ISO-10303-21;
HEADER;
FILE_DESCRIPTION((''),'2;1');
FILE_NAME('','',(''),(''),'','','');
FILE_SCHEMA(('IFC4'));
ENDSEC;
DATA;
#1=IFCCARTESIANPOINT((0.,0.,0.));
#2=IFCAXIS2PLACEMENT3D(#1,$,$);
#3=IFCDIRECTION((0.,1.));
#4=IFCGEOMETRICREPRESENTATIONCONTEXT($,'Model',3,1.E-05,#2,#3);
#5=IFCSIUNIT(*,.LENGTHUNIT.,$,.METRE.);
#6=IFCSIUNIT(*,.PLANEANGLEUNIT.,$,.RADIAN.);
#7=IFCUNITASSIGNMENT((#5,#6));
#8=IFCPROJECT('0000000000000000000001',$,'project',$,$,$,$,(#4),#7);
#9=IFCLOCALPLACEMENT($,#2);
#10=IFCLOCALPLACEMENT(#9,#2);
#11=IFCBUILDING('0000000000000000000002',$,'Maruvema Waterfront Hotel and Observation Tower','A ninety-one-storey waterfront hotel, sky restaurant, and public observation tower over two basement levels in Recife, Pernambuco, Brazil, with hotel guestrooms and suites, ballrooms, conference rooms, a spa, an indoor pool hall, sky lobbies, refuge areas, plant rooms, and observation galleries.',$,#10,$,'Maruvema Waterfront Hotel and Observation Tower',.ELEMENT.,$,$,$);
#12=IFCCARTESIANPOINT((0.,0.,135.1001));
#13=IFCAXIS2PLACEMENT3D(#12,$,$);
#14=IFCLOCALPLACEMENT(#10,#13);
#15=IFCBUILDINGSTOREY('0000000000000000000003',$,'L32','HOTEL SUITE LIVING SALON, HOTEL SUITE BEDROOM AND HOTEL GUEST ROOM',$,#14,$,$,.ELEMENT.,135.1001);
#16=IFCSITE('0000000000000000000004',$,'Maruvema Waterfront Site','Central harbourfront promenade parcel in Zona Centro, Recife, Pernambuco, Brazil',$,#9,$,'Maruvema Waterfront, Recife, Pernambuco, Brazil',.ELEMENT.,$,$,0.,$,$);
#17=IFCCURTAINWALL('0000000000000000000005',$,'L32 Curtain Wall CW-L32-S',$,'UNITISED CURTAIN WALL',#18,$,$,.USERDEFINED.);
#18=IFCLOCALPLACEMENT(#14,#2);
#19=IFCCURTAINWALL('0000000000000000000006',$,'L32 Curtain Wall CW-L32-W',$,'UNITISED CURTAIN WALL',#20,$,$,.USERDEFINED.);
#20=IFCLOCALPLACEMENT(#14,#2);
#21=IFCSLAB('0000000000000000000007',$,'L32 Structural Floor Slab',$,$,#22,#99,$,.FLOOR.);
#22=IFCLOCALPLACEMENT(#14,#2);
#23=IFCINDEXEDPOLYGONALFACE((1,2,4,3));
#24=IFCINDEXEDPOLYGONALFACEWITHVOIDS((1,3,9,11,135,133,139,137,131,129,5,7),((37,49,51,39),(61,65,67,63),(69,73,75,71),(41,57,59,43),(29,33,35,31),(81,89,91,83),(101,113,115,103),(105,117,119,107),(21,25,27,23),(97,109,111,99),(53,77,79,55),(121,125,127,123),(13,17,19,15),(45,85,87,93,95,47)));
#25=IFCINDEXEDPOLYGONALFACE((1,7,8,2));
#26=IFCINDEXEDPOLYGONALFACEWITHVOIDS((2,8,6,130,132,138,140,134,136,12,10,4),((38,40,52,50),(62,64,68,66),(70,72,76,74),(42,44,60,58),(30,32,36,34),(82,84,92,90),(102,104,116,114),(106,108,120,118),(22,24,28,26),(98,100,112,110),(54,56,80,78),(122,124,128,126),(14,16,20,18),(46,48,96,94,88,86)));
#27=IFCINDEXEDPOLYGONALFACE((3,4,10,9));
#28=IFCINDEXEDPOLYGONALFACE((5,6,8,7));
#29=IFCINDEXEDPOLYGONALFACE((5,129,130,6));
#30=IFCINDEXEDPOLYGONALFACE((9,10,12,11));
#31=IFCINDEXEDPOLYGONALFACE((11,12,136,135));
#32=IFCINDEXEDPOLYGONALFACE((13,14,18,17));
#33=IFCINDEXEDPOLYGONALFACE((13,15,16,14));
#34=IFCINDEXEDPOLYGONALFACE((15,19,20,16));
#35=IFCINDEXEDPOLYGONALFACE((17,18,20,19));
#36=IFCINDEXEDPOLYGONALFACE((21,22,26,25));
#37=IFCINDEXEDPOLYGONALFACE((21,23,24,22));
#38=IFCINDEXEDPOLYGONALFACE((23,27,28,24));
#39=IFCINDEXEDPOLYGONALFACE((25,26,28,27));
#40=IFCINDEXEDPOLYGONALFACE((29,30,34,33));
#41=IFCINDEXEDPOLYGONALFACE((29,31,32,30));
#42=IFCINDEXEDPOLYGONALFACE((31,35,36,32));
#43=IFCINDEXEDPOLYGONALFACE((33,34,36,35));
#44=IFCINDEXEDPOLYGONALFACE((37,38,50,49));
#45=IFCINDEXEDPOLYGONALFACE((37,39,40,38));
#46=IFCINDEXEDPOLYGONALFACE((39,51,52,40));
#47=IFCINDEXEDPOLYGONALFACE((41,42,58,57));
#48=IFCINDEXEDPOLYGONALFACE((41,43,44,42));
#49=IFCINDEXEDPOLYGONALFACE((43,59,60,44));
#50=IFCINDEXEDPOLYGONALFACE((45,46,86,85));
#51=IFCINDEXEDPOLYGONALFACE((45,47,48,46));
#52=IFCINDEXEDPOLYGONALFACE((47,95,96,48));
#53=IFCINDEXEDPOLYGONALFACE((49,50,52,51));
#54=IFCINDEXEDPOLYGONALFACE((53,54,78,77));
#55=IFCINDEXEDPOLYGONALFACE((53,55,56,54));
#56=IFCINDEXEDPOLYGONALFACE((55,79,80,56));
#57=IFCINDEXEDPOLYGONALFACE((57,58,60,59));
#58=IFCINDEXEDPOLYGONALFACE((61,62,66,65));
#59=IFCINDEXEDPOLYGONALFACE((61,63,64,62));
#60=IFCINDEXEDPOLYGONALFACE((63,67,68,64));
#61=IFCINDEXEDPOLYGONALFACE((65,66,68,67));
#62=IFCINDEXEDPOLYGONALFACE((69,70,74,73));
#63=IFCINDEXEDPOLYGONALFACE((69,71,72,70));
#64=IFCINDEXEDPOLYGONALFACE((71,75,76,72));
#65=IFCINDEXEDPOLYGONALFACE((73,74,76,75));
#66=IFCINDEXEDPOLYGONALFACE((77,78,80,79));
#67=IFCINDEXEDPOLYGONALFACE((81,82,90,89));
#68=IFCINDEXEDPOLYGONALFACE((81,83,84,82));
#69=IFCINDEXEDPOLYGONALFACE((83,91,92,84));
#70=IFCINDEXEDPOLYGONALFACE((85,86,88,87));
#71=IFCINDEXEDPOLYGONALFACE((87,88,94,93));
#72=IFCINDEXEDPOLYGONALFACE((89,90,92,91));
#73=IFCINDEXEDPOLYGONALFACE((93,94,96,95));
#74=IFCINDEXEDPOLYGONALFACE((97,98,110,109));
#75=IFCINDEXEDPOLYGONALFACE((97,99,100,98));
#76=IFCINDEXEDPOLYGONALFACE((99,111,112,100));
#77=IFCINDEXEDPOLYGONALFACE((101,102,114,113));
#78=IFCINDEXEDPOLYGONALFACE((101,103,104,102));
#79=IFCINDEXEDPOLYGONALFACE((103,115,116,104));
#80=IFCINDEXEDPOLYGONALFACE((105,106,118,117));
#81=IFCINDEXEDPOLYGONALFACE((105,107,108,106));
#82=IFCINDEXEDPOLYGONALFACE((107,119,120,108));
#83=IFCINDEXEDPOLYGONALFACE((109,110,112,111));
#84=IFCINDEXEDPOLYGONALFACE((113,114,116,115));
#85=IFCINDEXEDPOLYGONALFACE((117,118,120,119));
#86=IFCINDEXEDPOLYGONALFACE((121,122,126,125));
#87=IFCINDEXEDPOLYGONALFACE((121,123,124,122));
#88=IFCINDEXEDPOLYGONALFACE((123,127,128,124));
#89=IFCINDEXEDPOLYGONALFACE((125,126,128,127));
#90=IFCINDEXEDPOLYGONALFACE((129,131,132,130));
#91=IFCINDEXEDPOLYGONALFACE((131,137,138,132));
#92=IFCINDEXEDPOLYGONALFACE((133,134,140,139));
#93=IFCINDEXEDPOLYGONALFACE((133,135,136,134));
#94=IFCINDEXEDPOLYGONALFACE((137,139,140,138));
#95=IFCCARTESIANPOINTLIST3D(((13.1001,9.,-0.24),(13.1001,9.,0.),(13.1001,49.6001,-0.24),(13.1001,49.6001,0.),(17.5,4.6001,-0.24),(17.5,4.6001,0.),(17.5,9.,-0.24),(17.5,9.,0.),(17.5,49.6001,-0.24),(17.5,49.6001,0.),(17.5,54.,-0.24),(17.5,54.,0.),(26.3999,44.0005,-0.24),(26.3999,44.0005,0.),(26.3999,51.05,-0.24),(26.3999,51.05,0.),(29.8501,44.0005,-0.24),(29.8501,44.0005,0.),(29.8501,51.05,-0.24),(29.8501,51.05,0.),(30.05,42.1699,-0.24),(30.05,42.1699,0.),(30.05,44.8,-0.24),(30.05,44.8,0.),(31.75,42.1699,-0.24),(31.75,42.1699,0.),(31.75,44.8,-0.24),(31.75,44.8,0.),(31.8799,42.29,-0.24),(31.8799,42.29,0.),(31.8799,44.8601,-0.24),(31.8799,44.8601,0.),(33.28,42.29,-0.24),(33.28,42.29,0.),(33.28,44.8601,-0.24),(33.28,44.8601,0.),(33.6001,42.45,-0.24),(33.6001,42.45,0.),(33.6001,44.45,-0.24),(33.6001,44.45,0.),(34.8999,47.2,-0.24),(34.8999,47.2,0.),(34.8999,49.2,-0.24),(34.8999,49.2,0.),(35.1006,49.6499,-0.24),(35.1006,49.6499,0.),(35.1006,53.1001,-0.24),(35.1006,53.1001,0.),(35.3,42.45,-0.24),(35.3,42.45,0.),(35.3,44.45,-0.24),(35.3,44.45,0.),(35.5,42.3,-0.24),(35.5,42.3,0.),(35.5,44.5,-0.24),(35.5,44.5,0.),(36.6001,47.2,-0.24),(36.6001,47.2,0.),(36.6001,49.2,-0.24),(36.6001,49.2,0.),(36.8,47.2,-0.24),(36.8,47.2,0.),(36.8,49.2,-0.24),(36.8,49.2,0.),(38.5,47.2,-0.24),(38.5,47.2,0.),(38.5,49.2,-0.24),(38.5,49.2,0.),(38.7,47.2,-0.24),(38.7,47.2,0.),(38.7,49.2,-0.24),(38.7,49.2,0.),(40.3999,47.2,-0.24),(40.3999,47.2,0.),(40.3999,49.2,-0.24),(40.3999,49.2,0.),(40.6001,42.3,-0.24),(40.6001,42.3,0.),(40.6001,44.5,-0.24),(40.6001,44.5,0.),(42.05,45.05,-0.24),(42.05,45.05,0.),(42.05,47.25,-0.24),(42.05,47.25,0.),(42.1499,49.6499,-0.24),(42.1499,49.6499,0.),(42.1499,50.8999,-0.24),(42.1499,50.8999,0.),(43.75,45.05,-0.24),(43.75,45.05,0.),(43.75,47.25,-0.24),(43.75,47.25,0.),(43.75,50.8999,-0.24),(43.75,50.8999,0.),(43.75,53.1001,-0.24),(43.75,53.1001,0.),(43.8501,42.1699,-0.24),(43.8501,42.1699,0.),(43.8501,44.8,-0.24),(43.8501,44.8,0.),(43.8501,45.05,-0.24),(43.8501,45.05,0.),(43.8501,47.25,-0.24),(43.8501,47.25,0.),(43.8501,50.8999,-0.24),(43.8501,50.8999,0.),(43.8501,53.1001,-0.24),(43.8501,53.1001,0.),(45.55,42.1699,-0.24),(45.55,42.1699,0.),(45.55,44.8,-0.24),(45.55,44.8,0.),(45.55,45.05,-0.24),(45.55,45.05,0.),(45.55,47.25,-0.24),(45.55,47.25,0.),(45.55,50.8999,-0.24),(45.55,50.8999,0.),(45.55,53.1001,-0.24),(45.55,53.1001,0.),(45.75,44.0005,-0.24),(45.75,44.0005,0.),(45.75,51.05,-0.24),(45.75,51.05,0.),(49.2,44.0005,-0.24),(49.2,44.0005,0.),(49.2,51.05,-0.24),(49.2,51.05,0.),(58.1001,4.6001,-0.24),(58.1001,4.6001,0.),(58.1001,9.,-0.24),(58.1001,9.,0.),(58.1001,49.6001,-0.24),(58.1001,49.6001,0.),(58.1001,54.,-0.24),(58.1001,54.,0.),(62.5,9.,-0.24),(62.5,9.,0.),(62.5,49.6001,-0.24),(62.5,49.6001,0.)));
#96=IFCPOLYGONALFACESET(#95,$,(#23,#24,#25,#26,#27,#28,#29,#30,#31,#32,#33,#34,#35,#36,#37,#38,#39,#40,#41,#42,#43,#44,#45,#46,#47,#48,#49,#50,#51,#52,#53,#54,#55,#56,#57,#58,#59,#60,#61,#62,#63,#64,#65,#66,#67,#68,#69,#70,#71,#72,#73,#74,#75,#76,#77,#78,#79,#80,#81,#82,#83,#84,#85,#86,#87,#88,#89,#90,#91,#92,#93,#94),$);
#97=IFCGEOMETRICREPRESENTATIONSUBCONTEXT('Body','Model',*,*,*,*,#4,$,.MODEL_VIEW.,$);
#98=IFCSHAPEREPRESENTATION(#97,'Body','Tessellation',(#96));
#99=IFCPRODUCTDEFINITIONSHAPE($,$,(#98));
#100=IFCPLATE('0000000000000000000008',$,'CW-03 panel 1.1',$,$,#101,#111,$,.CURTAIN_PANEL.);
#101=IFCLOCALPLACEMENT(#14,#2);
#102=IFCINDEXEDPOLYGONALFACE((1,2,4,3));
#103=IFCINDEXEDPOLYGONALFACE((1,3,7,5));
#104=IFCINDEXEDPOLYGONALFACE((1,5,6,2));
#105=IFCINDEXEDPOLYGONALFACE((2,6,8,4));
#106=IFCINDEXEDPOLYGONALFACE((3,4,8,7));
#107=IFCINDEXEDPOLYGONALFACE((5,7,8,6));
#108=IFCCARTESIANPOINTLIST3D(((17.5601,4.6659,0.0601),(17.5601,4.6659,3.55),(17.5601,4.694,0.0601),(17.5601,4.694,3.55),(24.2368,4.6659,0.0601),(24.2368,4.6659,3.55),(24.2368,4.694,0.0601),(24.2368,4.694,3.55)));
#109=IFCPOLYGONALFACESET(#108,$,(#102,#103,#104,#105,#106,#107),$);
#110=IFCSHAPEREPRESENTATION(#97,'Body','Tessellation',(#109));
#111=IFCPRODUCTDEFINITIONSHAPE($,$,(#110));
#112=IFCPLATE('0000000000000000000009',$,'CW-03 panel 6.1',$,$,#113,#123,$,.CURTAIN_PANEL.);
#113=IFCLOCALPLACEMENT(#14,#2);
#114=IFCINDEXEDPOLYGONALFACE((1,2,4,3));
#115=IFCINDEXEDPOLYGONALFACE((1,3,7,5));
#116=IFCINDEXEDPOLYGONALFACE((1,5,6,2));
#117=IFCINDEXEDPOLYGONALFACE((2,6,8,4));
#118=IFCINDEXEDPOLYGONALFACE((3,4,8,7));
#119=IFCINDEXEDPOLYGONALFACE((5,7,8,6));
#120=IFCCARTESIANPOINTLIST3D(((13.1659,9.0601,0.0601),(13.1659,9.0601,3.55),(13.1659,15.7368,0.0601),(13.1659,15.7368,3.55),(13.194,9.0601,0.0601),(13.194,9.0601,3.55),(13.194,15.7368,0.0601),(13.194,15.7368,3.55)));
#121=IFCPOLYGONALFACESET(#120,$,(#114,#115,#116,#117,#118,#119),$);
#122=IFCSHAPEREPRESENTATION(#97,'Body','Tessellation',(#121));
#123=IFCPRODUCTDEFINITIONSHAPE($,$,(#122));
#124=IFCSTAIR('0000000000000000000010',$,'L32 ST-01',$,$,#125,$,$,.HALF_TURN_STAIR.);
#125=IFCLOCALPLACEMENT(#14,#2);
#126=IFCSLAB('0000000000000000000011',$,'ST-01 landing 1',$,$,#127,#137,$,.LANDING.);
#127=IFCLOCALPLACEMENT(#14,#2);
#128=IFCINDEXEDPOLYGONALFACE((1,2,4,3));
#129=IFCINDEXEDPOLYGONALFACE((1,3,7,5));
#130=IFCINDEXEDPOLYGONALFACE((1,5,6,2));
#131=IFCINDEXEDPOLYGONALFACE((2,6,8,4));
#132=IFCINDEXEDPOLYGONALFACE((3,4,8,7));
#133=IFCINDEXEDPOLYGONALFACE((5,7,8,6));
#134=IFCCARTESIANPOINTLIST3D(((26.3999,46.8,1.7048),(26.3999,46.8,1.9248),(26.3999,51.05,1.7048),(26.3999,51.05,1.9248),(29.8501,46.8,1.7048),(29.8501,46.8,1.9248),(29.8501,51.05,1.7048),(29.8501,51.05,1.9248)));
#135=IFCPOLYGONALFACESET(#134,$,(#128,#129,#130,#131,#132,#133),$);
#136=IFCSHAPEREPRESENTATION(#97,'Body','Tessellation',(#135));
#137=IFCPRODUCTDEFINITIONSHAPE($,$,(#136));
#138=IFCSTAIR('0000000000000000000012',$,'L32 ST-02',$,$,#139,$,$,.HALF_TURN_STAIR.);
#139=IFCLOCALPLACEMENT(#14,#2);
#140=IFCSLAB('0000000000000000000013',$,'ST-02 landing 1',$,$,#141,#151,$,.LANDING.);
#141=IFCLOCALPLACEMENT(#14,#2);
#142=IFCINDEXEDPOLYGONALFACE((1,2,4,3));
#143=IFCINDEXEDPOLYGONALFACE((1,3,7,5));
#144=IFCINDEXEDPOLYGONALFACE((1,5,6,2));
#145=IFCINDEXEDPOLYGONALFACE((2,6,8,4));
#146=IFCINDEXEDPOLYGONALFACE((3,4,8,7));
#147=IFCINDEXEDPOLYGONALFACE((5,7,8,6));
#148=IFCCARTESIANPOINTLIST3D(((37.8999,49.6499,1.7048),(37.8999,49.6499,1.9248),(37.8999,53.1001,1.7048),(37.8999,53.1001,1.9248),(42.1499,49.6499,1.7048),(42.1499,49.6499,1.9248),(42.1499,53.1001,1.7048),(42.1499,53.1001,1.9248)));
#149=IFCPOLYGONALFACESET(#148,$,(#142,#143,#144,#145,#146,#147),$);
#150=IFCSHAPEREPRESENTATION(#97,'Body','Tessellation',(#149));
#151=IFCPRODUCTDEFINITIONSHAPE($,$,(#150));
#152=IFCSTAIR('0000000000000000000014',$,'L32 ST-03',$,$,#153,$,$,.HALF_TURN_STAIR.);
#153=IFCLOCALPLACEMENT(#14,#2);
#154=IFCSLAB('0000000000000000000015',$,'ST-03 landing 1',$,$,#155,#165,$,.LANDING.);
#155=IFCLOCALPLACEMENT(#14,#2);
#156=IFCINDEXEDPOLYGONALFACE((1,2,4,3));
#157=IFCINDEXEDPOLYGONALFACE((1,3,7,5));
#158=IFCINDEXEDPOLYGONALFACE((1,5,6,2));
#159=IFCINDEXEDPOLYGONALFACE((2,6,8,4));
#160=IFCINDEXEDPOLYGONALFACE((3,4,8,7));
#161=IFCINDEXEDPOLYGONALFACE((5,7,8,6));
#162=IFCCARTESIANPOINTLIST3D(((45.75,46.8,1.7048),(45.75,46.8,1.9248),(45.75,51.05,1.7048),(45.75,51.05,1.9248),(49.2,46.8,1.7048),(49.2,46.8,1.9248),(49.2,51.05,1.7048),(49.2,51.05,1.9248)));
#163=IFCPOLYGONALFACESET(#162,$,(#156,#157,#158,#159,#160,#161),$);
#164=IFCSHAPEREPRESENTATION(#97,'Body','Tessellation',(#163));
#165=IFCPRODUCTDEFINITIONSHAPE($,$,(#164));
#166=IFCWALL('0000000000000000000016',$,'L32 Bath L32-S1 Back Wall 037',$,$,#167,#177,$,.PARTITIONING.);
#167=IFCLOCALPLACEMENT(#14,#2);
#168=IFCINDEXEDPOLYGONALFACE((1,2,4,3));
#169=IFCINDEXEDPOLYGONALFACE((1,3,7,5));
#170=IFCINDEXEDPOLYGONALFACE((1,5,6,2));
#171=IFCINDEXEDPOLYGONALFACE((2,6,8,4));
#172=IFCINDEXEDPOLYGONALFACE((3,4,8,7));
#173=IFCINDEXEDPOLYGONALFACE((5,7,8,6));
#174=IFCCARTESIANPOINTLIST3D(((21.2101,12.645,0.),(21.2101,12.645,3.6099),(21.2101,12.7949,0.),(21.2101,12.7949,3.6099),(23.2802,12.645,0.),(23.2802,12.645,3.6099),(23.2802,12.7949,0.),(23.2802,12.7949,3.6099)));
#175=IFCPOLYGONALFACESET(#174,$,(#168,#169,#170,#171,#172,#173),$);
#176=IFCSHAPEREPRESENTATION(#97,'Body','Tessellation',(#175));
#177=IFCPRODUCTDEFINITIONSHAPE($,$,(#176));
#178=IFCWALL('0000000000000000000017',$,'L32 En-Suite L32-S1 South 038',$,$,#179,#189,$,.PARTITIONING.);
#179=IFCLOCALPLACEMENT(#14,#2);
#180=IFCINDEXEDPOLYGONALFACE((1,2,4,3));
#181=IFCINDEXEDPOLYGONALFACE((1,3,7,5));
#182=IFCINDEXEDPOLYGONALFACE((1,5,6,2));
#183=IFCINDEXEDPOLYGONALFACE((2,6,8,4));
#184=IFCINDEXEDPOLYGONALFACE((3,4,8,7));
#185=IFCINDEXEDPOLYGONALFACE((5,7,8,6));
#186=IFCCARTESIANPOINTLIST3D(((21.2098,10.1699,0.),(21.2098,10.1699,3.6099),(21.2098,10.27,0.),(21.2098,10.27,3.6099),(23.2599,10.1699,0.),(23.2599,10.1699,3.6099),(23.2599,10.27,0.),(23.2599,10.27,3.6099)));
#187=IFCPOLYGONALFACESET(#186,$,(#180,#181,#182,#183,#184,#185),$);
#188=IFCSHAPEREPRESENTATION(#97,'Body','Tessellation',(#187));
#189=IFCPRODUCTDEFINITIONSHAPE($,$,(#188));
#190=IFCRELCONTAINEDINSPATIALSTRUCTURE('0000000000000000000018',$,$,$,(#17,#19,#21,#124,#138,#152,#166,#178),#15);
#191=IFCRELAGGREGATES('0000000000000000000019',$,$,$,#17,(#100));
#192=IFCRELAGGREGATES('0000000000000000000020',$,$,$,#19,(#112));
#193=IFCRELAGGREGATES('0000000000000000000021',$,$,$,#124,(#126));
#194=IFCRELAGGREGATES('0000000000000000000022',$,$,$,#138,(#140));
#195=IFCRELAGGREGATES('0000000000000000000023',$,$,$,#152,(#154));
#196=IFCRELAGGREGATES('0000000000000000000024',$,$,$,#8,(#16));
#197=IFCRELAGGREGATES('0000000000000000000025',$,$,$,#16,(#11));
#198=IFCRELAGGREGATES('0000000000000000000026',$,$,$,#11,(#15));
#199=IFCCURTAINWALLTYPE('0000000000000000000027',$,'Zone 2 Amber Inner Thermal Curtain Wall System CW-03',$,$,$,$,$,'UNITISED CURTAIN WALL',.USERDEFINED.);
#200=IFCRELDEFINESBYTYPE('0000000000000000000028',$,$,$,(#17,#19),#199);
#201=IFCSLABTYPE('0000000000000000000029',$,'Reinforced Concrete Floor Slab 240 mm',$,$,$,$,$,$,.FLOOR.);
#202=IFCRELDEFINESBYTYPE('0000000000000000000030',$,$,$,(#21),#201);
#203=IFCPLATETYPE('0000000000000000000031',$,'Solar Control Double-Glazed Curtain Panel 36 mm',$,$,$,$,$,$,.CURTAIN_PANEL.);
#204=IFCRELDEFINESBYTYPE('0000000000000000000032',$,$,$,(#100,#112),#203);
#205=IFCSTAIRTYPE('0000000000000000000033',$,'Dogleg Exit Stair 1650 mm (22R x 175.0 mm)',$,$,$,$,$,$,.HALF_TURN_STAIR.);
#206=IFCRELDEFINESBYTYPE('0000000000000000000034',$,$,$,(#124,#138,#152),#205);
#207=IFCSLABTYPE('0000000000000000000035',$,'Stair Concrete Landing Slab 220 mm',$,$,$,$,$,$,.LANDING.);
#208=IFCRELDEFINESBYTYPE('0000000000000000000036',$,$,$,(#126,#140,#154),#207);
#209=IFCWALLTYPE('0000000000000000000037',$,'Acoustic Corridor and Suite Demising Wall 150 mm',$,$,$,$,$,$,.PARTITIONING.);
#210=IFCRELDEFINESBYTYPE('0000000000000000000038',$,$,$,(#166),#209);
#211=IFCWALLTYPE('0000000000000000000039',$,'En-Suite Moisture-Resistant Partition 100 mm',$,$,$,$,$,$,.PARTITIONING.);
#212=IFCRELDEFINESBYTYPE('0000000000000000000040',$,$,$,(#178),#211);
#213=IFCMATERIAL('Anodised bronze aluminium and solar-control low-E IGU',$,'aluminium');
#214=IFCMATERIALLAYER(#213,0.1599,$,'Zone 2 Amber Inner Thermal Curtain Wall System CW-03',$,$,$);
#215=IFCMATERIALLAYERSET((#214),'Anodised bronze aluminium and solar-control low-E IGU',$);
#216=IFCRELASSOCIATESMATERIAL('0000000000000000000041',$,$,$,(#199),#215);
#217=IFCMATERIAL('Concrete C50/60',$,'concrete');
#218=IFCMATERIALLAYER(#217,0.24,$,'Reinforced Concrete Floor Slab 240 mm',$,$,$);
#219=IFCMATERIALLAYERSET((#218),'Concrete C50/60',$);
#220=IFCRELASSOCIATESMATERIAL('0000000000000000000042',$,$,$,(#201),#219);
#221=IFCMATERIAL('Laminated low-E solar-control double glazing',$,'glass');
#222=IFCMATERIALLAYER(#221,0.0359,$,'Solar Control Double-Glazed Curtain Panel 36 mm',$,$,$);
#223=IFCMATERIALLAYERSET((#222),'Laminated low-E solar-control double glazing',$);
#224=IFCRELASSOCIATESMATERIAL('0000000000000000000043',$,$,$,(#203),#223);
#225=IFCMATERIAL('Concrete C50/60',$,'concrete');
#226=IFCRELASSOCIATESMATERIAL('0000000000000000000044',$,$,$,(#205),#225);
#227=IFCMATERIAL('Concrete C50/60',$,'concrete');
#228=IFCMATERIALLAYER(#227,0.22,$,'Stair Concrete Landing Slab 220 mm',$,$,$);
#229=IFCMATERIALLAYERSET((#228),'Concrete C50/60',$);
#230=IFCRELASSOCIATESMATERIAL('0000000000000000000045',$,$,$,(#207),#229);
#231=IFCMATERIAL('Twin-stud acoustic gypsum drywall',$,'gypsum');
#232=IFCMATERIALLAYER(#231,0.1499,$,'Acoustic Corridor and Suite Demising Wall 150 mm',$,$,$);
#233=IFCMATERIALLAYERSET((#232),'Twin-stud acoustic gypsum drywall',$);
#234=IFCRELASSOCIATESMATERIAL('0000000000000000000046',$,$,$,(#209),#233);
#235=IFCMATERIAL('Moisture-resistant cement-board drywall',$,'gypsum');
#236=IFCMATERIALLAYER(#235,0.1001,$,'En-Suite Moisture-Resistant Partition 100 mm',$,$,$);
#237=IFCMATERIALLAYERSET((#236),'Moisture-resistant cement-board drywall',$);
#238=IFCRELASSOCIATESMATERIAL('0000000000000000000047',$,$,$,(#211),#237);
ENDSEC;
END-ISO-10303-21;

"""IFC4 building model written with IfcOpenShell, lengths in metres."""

from ifc_helpers import new_model, si_unit, direction, frame, frame_2d, origin, origin_2d, place, context, subcontext, project, spatial, polyline, rectangle, outline, extrude, material, layer, layer_set, type_object, element, aggregate, save


model = new_model("IFC4")

# Units and contexts
model_context = context("Model", 3, precision=1e-05, world=origin(), true_north=direction((0.0, 1.0)))
body_context = subcontext(model_context, "Body", "Model", "MODEL_VIEW")
ifc_project = project(units=[si_unit("LENGTHUNIT", "METRE"), si_unit("PLANEANGLEUNIT", "RADIAN")], contexts=[model_context])

# Site, building, storey
site_placement = place(None, origin())
site = spatial("IfcSite", under=ifc_project, at=site_placement, Name="Maruvema Waterfront Site", Description="Central harbourfront promenade parcel in Zona Centro, Recife, Pernambuco, Brazil", LongName="Maruvema Waterfront, Recife, Pernambuco, Brazil", CompositionType="ELEMENT", RefElevation=0.0)
building_placement = place(site_placement, origin())
building = spatial("IfcBuilding", under=site, at=building_placement, Name="Maruvema Waterfront Hotel and Observation Tower", Description="A ninety-one-storey waterfront hotel, sky restaurant, and public observation tower over two basement levels in Recife, Pernambuco, Brazil, with hotel guestrooms and suites, ballrooms, conference rooms, a spa, an indoor pool hall, sky lobbies, refuge areas, plant rooms, and observation galleries.", LongName="Maruvema Waterfront Hotel and Observation Tower", CompositionType="ELEMENT")
storey_placement = place(building_placement, frame((0.0, 0.0, 135.1001)))
storey = spatial("IfcBuildingStorey", under=building, at=storey_placement, Name="L32", Description="HOTEL SUITE LIVING SALON, HOTEL SUITE BEDROOM AND HOTEL GUEST ROOM", CompositionType="ELEMENT", Elevation=135.1001)

# Curtain wall
ifc_material_1 = material(Name="Anodised bronze aluminium and solar-control low-E IGU", Category="aluminium")
ifc_layer_1 = layer(ifc_material_1, 0.1599, Name="Zone 2 Amber Inner Thermal Curtain Wall System CW-03")
ifc_layer_set_1 = layer_set([ifc_layer_1], Name="Anodised bronze aluminium and solar-control low-E IGU")
curtain_wall_type = type_object("IfcCurtainWallType", Name="Zone 2 Amber Inner Thermal Curtain Wall System CW-03", ElementType="UNITISED CURTAIN WALL", PredefinedType="USERDEFINED", material=ifc_layer_set_1)
curtain_wall_1_placement = place(storey_placement, origin())
curtain_wall_1 = element("IfcCurtainWall", 1, at=curtain_wall_1_placement, inside=storey, type_object=curtain_wall_type, Name="L32 Curtain Wall CW-L32-S", ObjectType="UNITISED CURTAIN WALL", PredefinedType="USERDEFINED")

# Curtain wall
curtain_wall_2_placement = place(storey_placement, origin())
curtain_wall_2 = element("IfcCurtainWall", 2, at=curtain_wall_2_placement, inside=storey, type_object=curtain_wall_type, Name="L32 Curtain Wall CW-L32-W", ObjectType="UNITISED CURTAIN WALL", PredefinedType="USERDEFINED")

# Slab
ifc_material_2 = material(Name="Concrete C50/60", Category="concrete")
ifc_layer_2 = layer(ifc_material_2, 0.24, Name="Reinforced Concrete Floor Slab 240 mm")
ifc_layer_set_2 = layer_set([ifc_layer_2], Name="Concrete C50/60")
slab_type_1 = type_object("IfcSlabType", Name="Reinforced Concrete Floor Slab 240 mm", PredefinedType="FLOOR", material=ifc_layer_set_2)
slab_1_placement = place(storey_placement, frame((0.0, 0.0, -0.24)))
element("IfcSlab", 3, at=slab_1_placement, inside=storey, type_object=slab_type_1, Name="L32 Structural Floor Slab", PredefinedType="FLOOR", context=body_context, shape_type="SweptSolid", body=[
    extrude(outline(polyline([(17.5, 4.6001), (58.1001, 4.6001), (58.1001, 9.0), (62.5, 9.0), (62.5, 49.6001), (58.1001, 49.6001), (58.1001, 54.0), (17.5, 54.0), (17.5, 49.6001), (13.1001, 49.6001), (13.1001, 9.0), (17.5, 9.0), (17.5, 4.6001)]), holes=[polyline([(26.3999, 44.0005), (26.3999, 51.05), (29.8501, 51.05), (29.8501, 44.0005), (26.3999, 44.0005)]), polyline([(30.05, 44.8), (31.75, 44.8), (31.75, 42.1699), (30.05, 42.1699), (30.05, 44.8)]), polyline([(31.8799, 44.8601), (33.28, 44.8601), (33.28, 42.29), (31.8799, 42.29), (31.8799, 44.8601)]), polyline([(33.6001, 44.45), (35.3, 44.45), (35.3, 42.45), (33.6001, 42.45), (33.6001, 44.45)]), polyline([(34.8999, 49.2), (36.6001, 49.2), (36.6001, 47.2), (34.8999, 47.2), (34.8999, 49.2)]), polyline([(36.8, 49.2), (38.5, 49.2), (38.5, 47.2), (36.8, 47.2), (36.8, 49.2)]), polyline([(35.5, 42.3), (35.5, 44.5), (40.6001, 44.5), (40.6001, 42.3), (35.5, 42.3)]), polyline([(35.1006, 53.1001), (43.75, 53.1001), (43.75, 50.8999), (42.1499, 50.8999), (42.1499, 49.6499), (35.1006, 49.6499), (35.1006, 53.1001)]), polyline([(38.7, 49.2), (40.3999, 49.2), (40.3999, 47.2), (38.7, 47.2), (38.7, 49.2)]), polyline([(42.05, 47.25), (43.75, 47.25), (43.75, 45.05), (42.05, 45.05), (42.05, 47.25)]), polyline([(43.8501, 44.8), (45.55, 44.8), (45.55, 42.1699), (43.8501, 42.1699), (43.8501, 44.8)]), polyline([(43.8501, 47.25), (45.55, 47.25), (45.55, 45.05), (43.8501, 45.05), (43.8501, 47.25)]), polyline([(45.55, 53.1001), (45.55, 50.8999), (43.8501, 50.8999), (43.8501, 53.1001), (45.55, 53.1001)]), polyline([(45.75, 44.0005), (45.75, 51.05), (49.2, 51.05), (49.2, 44.0005), (45.75, 44.0005)])]), origin(), (0.0, 0.0, 1.0), 0.24),
])

# Plates
ifc_material_3 = material(Name="Laminated low-E solar-control double glazing", Category="glass")
ifc_layer_3 = layer(ifc_material_3, 0.0359, Name="Solar Control Double-Glazed Curtain Panel 36 mm")
ifc_layer_set_3 = layer_set([ifc_layer_3], Name="Laminated low-E solar-control double glazing")
plate_type = type_object("IfcPlateType", Name="Solar Control Double-Glazed Curtain Panel 36 mm", PredefinedType="CURTAIN_PANEL", material=ifc_layer_set_3)
plate_1_placement = place(storey_placement, frame((20.8984, 4.6799, 0.0601), z_axis=(0.0, 0.0, 1.0), x_axis=(1.0, 0.0, 0.0)))
plate_1 = element("IfcPlate", 4, at=plate_1_placement, type_object=plate_type, Name="CW-03 panel 1.1", PredefinedType="CURTAIN_PANEL", context=body_context, shape_type="SweptSolid", body=[
    extrude(rectangle(XDim=6.6768, YDim=0.0281, at=origin_2d()), origin(), (0.0, 0.0, 1.0), 3.49),
])
aggregate(curtain_wall_1, [plate_1])
plate_2_placement = place(storey_placement, frame((13.1799, 12.3984, 0.0601), z_axis=(0.0, 0.0, 1.0), x_axis=(0.0, -1.0, 0.0)))
plate_2 = element("IfcPlate", 5, at=plate_2_placement, type_object=plate_type, Name="CW-03 panel 6.1", PredefinedType="CURTAIN_PANEL", context=body_context, shape_type="SweptSolid", body=[
    extrude(rectangle(XDim=6.6768, YDim=0.0281, at=origin_2d()), origin(), (0.0, 0.0, 1.0), 3.49),
])
aggregate(curtain_wall_2, [plate_2])

# Stairs, slabs
ifc_material_4 = material(Name="Concrete C50/60", Category="concrete")
stair_type = type_object("IfcStairType", Name="Dogleg Exit Stair 1650 mm (22R x 175.0 mm)", PredefinedType="HALF_TURN_STAIR", material=ifc_material_4)
stair_1_placement = place(storey_placement, origin())
stair_1 = element("IfcStair", 6, at=stair_1_placement, inside=storey, type_object=stair_type, Name="L32 ST-01", PredefinedType="HALF_TURN_STAIR")
ifc_material_5 = material(Name="Concrete C50/60", Category="concrete")
ifc_layer_4 = layer(ifc_material_5, 0.22, Name="Stair Concrete Landing Slab 220 mm")
ifc_layer_set_4 = layer_set([ifc_layer_4], Name="Concrete C50/60")
slab_type_2 = type_object("IfcSlabType", Name="Stair Concrete Landing Slab 220 mm", PredefinedType="LANDING", material=ifc_layer_set_4)
slab_2_placement = place(storey_placement, frame((0.0, 0.0, 1.7048)))
slab_2 = element("IfcSlab", 7, at=slab_2_placement, type_object=slab_type_2, Name="ST-01 landing 1", PredefinedType="LANDING", context=body_context, shape_type="SweptSolid", body=[
    extrude(outline(polyline([(29.8501, 46.8), (29.8501, 51.05), (26.3999, 51.05), (26.3999, 46.8), (29.8501, 46.8)])), origin(), (0.0, 0.0, 1.0), 0.22),
])
aggregate(stair_1, [slab_2])
stair_2_placement = place(storey_placement, origin())
stair_2 = element("IfcStair", 8, at=stair_2_placement, inside=storey, type_object=stair_type, Name="L32 ST-02", PredefinedType="HALF_TURN_STAIR")
slab_3_placement = place(storey_placement, frame((0.0, 0.0, 1.7048)))
slab_3 = element("IfcSlab", 9, at=slab_3_placement, type_object=slab_type_2, Name="ST-02 landing 1", PredefinedType="LANDING", context=body_context, shape_type="SweptSolid", body=[
    extrude(outline(polyline([(37.8999, 49.6499), (42.1499, 49.6499), (42.1499, 53.1001), (37.8999, 53.1001), (37.8999, 49.6499)])), origin(), (0.0, 0.0, 1.0), 0.22),
])
aggregate(stair_2, [slab_3])
stair_3_placement = place(storey_placement, origin())
stair_3 = element("IfcStair", 10, at=stair_3_placement, inside=storey, type_object=stair_type, Name="L32 ST-03", PredefinedType="HALF_TURN_STAIR")
slab_4_placement = place(storey_placement, frame((0.0, 0.0, 1.7048)))
slab_4 = element("IfcSlab", 11, at=slab_4_placement, type_object=slab_type_2, Name="ST-03 landing 1", PredefinedType="LANDING", context=body_context, shape_type="SweptSolid", body=[
    extrude(outline(polyline([(49.2, 46.8), (49.2, 51.05), (45.75, 51.05), (45.75, 46.8), (49.2, 46.8)])), origin(), (0.0, 0.0, 1.0), 0.22),
])
aggregate(stair_3, [slab_4])

# Wall
ifc_material_6 = material(Name="Twin-stud acoustic gypsum drywall", Category="gypsum")
ifc_layer_5 = layer(ifc_material_6, 0.1499, Name="Acoustic Corridor and Suite Demising Wall 150 mm")
ifc_layer_set_5 = layer_set([ifc_layer_5], Name="Twin-stud acoustic gypsum drywall")
wall_type_1 = type_object("IfcWallType", Name="Acoustic Corridor and Suite Demising Wall 150 mm", PredefinedType="PARTITIONING", material=ifc_layer_set_5)
wall_1_placement = place(storey_placement, frame((21.21, 12.72, 0.0), z_axis=(0.0, 0.0, 1.0), x_axis=(1.0, 0.0, 0.0)))
element("IfcWall", 12, at=wall_1_placement, inside=storey, type_object=wall_type_1, Name="L32 Bath L32-S1 Back Wall 037", PredefinedType="PARTITIONING", context=body_context, shape_type="SweptSolid", body=[
    extrude(rectangle(XDim=2.0701, YDim=0.1499, at=frame_2d((1.0352, 0.0))), origin(), (0.0, 0.0, 1.0), 3.6099),
])

# Wall
ifc_material_7 = material(Name="Moisture-resistant cement-board drywall", Category="gypsum")
ifc_layer_6 = layer(ifc_material_7, 0.1001, Name="En-Suite Moisture-Resistant Partition 100 mm")
ifc_layer_set_6 = layer_set([ifc_layer_6], Name="Moisture-resistant cement-board drywall")
wall_type_2 = type_object("IfcWallType", Name="En-Suite Moisture-Resistant Partition 100 mm", PredefinedType="PARTITIONING", material=ifc_layer_set_6)
wall_2_placement = place(storey_placement, frame((21.21, 10.22, 0.0), z_axis=(0.0, 0.0, 1.0), x_axis=(1.0, 0.0, 0.0)))
element("IfcWall", 13, at=wall_2_placement, inside=storey, type_object=wall_type_2, Name="L32 En-Suite L32-S1 South 038", PredefinedType="PARTITIONING", context=body_context, shape_type="SweptSolid", body=[
    extrude(rectangle(XDim=2.05, YDim=0.1001, at=frame_2d((1.0249, 0.0))), origin(), (0.0, 0.0, 1.0), 3.6099),
])

save(model, "model.ifc")
